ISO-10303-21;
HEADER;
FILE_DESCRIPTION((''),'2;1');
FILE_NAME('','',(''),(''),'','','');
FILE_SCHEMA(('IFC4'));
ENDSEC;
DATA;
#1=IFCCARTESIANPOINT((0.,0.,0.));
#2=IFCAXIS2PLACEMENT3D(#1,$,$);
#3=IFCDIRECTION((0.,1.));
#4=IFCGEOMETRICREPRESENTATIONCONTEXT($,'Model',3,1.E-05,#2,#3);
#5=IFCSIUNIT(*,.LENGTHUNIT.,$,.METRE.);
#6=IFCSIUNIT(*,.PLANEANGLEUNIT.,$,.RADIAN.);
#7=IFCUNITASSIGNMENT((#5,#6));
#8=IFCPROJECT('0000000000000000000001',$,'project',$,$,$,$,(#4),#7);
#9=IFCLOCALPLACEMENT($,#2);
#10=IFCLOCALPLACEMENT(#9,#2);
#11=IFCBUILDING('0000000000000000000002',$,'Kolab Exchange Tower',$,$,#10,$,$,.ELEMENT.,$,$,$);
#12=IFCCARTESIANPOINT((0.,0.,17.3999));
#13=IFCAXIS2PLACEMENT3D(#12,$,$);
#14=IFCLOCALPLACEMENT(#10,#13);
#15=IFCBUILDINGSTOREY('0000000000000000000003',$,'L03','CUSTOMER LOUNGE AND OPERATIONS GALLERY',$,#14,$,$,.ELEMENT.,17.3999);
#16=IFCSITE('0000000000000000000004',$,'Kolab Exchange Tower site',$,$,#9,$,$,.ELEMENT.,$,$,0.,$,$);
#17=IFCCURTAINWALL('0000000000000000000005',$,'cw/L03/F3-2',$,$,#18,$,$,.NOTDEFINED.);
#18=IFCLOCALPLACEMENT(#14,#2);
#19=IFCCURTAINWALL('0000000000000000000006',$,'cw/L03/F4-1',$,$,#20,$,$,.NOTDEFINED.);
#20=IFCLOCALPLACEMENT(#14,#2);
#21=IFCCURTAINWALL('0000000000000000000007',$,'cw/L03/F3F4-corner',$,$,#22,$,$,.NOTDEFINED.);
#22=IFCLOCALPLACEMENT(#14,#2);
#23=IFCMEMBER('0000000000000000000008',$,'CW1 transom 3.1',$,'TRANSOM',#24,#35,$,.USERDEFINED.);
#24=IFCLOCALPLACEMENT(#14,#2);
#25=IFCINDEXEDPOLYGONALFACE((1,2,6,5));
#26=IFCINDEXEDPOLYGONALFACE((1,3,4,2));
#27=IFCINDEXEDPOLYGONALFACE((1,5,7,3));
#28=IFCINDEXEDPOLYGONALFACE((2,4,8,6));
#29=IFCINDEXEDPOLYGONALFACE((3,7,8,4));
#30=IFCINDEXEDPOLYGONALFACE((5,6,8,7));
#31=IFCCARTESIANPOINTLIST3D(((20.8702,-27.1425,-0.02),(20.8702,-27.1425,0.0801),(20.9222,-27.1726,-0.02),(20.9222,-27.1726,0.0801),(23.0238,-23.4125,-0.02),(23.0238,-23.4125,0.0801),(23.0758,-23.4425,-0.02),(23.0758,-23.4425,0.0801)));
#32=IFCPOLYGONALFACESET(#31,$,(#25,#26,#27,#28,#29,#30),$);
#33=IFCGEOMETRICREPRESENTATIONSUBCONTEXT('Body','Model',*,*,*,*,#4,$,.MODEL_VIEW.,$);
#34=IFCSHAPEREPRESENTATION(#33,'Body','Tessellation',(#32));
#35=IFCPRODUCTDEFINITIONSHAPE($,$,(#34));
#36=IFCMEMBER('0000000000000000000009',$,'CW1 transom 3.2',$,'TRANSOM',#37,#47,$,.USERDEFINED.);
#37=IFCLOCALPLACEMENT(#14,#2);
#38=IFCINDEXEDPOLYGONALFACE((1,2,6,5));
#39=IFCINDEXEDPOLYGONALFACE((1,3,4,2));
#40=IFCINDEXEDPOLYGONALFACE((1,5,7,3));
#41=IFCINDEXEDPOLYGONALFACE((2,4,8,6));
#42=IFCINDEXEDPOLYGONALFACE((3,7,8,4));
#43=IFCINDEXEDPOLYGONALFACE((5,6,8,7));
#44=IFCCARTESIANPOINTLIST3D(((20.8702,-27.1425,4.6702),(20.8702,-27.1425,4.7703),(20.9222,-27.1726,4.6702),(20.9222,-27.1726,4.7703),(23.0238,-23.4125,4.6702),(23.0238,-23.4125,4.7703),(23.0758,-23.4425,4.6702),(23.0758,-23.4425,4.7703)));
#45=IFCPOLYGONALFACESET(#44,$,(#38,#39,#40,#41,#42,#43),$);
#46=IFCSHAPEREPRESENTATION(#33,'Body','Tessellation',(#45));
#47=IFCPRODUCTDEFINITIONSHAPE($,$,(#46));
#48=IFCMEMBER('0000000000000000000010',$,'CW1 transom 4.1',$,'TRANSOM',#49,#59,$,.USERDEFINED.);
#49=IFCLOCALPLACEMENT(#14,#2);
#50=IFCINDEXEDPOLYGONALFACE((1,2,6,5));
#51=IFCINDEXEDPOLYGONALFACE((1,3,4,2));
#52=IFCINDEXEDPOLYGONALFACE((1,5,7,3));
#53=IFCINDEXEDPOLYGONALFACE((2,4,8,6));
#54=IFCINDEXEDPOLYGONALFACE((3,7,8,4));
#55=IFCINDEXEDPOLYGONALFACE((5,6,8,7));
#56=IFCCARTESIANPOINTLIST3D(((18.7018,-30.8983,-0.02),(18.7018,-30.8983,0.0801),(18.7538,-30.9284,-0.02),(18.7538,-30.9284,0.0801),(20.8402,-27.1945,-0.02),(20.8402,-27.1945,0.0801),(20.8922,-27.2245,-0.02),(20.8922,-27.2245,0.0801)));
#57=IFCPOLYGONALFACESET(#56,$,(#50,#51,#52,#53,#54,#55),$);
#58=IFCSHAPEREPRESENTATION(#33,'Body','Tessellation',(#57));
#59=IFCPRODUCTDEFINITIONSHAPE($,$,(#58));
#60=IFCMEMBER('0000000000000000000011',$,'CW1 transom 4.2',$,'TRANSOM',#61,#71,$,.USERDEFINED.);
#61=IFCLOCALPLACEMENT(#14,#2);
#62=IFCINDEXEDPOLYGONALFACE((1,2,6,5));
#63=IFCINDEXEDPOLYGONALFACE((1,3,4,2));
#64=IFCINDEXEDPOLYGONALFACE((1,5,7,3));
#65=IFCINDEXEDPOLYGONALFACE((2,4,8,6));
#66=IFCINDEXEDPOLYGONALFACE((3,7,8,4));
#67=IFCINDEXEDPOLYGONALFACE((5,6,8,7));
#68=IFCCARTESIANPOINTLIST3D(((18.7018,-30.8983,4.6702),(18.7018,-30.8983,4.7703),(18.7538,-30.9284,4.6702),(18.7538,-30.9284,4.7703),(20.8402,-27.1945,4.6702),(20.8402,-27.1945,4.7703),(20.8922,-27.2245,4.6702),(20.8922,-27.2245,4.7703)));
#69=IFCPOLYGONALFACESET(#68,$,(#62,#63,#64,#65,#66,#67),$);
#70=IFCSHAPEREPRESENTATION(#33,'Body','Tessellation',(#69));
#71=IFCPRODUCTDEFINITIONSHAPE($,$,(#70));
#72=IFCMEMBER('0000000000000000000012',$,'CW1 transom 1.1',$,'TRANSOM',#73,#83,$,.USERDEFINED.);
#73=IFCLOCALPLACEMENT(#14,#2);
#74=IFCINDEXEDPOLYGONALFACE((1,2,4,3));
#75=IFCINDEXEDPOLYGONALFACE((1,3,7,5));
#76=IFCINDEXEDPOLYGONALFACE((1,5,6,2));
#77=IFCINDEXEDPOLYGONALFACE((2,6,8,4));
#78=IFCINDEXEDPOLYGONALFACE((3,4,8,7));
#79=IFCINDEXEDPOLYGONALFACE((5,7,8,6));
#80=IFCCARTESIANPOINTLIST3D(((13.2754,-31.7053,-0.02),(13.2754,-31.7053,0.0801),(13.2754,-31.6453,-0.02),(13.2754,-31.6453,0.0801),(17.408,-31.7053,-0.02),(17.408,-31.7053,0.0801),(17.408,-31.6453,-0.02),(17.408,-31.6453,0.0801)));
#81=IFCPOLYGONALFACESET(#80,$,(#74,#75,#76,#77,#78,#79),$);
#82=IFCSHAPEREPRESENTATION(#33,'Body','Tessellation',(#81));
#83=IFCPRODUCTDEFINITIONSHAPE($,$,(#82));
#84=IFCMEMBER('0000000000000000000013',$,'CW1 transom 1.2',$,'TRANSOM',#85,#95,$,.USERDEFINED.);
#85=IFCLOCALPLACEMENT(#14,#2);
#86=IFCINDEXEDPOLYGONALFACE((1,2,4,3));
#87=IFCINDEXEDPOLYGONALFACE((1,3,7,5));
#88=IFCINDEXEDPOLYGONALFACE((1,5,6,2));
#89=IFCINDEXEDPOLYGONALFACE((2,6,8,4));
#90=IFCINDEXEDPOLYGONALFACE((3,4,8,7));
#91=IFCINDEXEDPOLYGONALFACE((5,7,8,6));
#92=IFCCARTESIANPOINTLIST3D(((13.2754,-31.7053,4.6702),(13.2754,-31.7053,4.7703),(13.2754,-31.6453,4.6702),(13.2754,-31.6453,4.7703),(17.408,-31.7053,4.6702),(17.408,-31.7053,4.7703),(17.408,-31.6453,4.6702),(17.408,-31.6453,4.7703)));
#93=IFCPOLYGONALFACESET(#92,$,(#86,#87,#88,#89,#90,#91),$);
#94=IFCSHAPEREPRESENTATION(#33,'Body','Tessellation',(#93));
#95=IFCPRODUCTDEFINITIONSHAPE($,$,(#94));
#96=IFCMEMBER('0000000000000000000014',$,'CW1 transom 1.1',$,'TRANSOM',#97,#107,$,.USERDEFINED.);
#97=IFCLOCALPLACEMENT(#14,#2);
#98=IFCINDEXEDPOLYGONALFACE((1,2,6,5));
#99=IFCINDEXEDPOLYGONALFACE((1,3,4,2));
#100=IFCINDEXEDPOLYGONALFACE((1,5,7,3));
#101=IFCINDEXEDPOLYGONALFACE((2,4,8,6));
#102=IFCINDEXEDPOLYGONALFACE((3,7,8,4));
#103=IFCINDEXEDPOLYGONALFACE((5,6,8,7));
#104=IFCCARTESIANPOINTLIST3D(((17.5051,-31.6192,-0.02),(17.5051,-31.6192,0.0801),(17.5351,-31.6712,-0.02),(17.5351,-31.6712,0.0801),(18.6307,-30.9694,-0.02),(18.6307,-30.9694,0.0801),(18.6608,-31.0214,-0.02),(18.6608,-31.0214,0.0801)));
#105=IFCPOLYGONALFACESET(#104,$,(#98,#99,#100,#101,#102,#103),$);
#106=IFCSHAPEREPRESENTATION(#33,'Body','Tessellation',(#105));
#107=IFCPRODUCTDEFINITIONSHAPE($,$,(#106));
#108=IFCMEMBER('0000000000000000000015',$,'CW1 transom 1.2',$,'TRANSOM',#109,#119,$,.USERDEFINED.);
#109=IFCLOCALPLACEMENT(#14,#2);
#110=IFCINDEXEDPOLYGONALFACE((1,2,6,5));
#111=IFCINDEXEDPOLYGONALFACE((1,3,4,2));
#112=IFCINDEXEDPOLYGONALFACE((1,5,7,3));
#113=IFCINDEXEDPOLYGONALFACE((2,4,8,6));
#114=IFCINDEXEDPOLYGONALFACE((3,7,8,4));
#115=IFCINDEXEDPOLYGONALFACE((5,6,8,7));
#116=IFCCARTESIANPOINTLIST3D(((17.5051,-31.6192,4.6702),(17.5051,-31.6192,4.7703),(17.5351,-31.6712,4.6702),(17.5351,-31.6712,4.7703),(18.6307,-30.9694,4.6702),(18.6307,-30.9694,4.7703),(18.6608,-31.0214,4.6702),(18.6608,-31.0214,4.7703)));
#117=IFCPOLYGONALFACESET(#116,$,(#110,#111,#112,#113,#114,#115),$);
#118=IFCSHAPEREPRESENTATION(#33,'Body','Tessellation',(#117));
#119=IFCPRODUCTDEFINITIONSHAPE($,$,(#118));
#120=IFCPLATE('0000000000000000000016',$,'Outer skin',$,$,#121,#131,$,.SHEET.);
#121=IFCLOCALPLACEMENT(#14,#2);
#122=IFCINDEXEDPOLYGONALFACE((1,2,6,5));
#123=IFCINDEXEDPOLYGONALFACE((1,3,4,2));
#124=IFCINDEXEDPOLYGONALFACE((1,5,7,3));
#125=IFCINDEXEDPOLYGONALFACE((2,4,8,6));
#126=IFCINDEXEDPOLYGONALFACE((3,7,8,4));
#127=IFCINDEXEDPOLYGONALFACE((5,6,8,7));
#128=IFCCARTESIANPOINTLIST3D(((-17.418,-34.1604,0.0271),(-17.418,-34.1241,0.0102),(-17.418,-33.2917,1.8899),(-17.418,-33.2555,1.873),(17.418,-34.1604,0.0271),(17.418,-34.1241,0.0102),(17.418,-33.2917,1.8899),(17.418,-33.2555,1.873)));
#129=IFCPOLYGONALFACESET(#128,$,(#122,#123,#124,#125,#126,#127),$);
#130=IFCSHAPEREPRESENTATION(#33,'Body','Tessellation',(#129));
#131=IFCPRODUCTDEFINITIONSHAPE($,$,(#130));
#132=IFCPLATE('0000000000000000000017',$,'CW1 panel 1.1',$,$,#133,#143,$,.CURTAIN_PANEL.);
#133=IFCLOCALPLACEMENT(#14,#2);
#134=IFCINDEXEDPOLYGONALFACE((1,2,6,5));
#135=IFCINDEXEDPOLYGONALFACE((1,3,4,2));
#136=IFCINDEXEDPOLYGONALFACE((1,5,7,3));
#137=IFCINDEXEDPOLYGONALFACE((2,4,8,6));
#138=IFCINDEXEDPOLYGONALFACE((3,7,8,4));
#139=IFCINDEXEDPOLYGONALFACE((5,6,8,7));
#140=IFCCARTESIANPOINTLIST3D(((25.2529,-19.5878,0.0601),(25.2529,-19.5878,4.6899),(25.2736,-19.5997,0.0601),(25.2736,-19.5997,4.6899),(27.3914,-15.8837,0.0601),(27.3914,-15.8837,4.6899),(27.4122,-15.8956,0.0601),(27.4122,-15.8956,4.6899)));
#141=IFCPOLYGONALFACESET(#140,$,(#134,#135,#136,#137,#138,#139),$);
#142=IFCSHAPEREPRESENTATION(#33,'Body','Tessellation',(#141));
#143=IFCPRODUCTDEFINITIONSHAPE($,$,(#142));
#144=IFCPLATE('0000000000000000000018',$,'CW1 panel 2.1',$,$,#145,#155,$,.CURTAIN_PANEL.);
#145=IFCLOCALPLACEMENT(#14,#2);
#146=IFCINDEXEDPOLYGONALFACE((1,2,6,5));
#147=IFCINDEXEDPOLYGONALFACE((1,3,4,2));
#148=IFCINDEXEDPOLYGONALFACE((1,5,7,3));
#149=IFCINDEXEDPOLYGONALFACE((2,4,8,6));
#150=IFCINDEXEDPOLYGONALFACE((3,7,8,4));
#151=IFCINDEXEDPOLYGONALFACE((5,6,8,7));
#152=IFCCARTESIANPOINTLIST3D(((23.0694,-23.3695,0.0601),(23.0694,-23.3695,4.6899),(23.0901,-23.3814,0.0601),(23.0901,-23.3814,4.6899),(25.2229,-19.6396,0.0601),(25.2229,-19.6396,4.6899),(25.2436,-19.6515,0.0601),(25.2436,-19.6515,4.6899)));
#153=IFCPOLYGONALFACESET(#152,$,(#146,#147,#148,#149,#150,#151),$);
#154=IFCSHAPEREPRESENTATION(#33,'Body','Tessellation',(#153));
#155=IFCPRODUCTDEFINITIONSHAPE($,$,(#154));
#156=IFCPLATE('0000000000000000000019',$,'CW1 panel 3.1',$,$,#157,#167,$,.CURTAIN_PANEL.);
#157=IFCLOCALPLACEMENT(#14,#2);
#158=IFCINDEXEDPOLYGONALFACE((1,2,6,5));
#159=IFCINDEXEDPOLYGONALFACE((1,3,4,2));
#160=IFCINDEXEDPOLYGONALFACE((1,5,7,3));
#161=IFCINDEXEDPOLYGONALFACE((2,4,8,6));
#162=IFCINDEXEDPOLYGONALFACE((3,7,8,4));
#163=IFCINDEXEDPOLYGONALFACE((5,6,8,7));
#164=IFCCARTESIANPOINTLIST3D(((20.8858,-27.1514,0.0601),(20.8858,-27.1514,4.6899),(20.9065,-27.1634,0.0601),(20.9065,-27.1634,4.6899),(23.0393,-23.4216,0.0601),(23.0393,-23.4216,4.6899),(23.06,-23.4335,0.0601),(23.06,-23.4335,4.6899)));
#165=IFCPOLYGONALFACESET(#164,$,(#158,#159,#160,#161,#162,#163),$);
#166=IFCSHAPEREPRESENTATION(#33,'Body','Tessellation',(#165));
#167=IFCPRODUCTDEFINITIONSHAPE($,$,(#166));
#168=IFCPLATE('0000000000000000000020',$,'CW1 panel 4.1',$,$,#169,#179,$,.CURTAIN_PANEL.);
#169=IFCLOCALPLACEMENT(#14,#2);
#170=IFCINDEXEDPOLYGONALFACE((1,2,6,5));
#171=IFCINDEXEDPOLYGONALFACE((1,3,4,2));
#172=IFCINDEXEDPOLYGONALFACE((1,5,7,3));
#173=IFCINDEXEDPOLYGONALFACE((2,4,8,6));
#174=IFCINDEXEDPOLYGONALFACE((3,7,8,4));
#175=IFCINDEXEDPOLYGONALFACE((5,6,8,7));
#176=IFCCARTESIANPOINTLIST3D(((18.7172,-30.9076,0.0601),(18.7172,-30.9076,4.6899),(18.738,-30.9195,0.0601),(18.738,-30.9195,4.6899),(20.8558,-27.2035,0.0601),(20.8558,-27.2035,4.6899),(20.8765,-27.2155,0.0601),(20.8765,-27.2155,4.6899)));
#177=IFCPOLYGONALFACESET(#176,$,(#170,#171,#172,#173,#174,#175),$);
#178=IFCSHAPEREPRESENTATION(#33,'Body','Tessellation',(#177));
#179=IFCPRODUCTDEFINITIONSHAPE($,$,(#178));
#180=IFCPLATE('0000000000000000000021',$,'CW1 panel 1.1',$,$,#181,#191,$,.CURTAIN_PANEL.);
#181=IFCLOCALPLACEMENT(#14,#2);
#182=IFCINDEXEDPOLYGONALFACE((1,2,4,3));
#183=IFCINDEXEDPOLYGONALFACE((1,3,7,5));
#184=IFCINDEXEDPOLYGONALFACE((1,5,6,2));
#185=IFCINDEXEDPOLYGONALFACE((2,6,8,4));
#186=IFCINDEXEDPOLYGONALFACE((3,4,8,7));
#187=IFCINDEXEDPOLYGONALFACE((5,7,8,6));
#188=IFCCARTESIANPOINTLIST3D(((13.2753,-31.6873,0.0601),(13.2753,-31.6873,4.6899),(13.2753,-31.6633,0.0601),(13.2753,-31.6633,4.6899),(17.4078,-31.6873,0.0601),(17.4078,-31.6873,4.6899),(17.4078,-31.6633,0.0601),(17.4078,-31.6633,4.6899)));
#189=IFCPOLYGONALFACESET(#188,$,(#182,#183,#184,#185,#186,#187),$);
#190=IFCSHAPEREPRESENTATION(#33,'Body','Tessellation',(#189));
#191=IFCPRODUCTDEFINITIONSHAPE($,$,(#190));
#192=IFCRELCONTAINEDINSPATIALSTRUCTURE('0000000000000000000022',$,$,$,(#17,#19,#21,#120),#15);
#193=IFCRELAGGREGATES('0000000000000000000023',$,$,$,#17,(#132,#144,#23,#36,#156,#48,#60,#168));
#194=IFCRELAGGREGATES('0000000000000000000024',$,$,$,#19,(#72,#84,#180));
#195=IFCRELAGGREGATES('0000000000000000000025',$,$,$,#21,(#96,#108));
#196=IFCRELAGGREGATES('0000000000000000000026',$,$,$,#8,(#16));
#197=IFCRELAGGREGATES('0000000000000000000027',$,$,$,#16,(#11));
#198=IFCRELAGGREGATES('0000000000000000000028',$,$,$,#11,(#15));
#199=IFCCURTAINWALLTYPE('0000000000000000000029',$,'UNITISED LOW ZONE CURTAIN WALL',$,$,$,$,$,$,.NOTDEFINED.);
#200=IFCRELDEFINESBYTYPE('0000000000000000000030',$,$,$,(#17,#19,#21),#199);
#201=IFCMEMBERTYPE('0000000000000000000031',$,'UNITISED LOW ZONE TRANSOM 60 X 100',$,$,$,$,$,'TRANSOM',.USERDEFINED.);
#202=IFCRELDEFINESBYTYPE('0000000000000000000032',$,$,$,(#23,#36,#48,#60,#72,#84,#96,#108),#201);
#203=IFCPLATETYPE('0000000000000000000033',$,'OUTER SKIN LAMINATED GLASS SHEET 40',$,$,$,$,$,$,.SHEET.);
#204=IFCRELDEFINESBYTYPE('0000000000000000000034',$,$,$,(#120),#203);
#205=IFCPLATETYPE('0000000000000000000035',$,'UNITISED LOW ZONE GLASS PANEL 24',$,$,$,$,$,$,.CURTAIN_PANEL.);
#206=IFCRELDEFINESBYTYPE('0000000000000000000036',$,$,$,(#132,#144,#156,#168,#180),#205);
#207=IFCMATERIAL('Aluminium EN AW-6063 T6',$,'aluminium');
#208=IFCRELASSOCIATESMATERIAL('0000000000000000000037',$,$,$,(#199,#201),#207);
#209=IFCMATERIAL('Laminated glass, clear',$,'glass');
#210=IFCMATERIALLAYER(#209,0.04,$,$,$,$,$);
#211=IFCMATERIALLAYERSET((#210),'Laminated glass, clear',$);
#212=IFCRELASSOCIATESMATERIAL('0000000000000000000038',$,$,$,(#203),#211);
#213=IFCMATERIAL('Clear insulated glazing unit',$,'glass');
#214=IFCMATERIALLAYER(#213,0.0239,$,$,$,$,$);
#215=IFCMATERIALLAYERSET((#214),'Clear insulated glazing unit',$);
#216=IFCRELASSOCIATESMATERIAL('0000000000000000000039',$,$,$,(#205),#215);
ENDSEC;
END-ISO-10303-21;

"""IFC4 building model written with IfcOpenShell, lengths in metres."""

from ifc_helpers import new_model, si_unit, direction, frame, origin, origin_2d, place, context, subcontext, project, spatial, polyline, rectangle, outline, extrude, material, layer, layer_set, material_profile, profile_set, type_object, element, aggregate, save


model = new_model("IFC4")

# Units and contexts
model_context = context("Model", 3, precision=1e-05, world=origin(), true_north=direction((0.0, 1.0)))
body_context = subcontext(model_context, "Body", "Model", "MODEL_VIEW")
ifc_project = project(units=[si_unit("LENGTHUNIT", "METRE"), si_unit("PLANEANGLEUNIT", "RADIAN")], contexts=[model_context])

# Site, building, storey
site_placement = place(None, origin())
site = spatial("IfcSite", under=ifc_project, at=site_placement, Name="Kolab Exchange Tower site", CompositionType="ELEMENT", RefElevation=0.0)
building_placement = place(site_placement, origin())
building = spatial("IfcBuilding", under=site, at=building_placement, Name="Kolab Exchange Tower", CompositionType="ELEMENT")
storey_placement = place(building_placement, frame((0.0, 0.0, 17.3999)))
storey = spatial("IfcBuildingStorey", under=building, at=storey_placement, Name="L03", Description="CUSTOMER LOUNGE AND OPERATIONS GALLERY", CompositionType="ELEMENT", Elevation=17.3999)

# Curtain wall
ifc_material_1 = material(Name="Aluminium EN AW-6063 T6", Category="aluminium")
curtain_wall_type = type_object("IfcCurtainWallType", Name="UNITISED LOW ZONE CURTAIN WALL", PredefinedType="NOTDEFINED", material=ifc_material_1)
curtain_wall_1_placement = place(storey_placement, origin())
curtain_wall_1 = element("IfcCurtainWall", 1, at=curtain_wall_1_placement, inside=storey, type_object=curtain_wall_type, Name="cw/L03/F3-2", PredefinedType="NOTDEFINED")

# Curtain wall
curtain_wall_2_placement = place(storey_placement, origin())
curtain_wall_2 = element("IfcCurtainWall", 2, at=curtain_wall_2_placement, inside=storey, type_object=curtain_wall_type, Name="cw/L03/F4-1", PredefinedType="NOTDEFINED")

# Curtain wall
curtain_wall_3_placement = place(storey_placement, origin())
curtain_wall_3 = element("IfcCurtainWall", 3, at=curtain_wall_3_placement, inside=storey, type_object=curtain_wall_type, Name="cw/L03/F3F4-corner", PredefinedType="NOTDEFINED")

# Members
ifc_material_profile_1 = material_profile(ifc_material_1, rectangle(XDim=0.0601, YDim=0.1001, at=origin_2d()), Name="RECT 60X100")
ifc_profile_set_1 = profile_set([ifc_material_profile_1], Name="Aluminium EN AW-6063 T6")
member_type_1 = type_object("IfcMemberType", Name="UNITISED LOW ZONE TRANSOM 60 X 100", ElementType="TRANSOM", PredefinedType="USERDEFINED", material=ifc_profile_set_1)
member_1_placement = place(storey_placement, frame((23.0498, -23.4275, 0.03), z_axis=(-0.50001, -0.866019, 0.0), x_axis=(0.866019, -0.50001, 0.0)))
member_1 = element("IfcMember", 4, at=member_1_placement, type_object=member_type_1, Name="CW1 transom 3.1", ObjectType="TRANSOM", PredefinedType="USERDEFINED", context=body_context, shape_type="SweptSolid", body=[
    extrude(rectangle(XDim=0.0601, YDim=0.1001, at=origin_2d()), origin(), (0.0, 0.0, 1.0), 4.3071),
])
member_2_placement = place(storey_placement, frame((23.0498, -23.4275, 4.7202), z_axis=(-0.50001, -0.866019, 0.0), x_axis=(0.866019, -0.50001, 0.0)))
member_2 = element("IfcMember", 5, at=member_2_placement, type_object=member_type_1, Name="CW1 transom 3.2", ObjectType="TRANSOM", PredefinedType="USERDEFINED", context=body_context, shape_type="SweptSolid", body=[
    extrude(rectangle(XDim=0.0601, YDim=0.1001, at=origin_2d()), origin(), (0.0, 0.0, 1.0), 4.3071),
])
member_3_placement = place(storey_placement, frame((20.8662, -27.2095, 0.03), z_axis=(-0.500001, -0.866025, 0.0), x_axis=(0.866025, -0.500001, 0.0)))
member_3 = element("IfcMember", 6, at=member_3_placement, type_object=member_type_1, Name="CW1 transom 4.1", ObjectType="TRANSOM", PredefinedType="USERDEFINED", context=body_context, shape_type="SweptSolid", body=[
    extrude(rectangle(XDim=0.0601, YDim=0.1001, at=origin_2d()), origin(), (0.0, 0.0, 1.0), 4.2769),
])
member_4_placement = place(storey_placement, frame((20.8662, -27.2095, 4.7202), z_axis=(-0.500001, -0.866025, 0.0), x_axis=(0.866025, -0.500001, 0.0)))
member_4 = element("IfcMember", 7, at=member_4_placement, type_object=member_type_1, Name="CW1 transom 4.2", ObjectType="TRANSOM", PredefinedType="USERDEFINED", context=body_context, shape_type="SweptSolid", body=[
    extrude(rectangle(XDim=0.0601, YDim=0.1001, at=origin_2d()), origin(), (0.0, 0.0, 1.0), 4.2769),
])
member_5_placement = place(storey_placement, frame((17.408, -31.6753, 0.03), z_axis=(-1.0, 0.0, 0.0), x_axis=(0.0, -1.0, 0.0)))
member_5 = element("IfcMember", 8, at=member_5_placement, type_object=member_type_1, Name="CW1 transom 1.1", ObjectType="TRANSOM", PredefinedType="USERDEFINED", context=body_context, shape_type="SweptSolid", body=[
    extrude(rectangle(XDim=0.0601, YDim=0.1001, at=origin_2d()), origin(), (0.0, 0.0, 1.0), 4.1326),
])
member_6_placement = place(storey_placement, frame((17.408, -31.6753, 4.7202), z_axis=(-1.0, 0.0, 0.0), x_axis=(0.0, -1.0, 0.0)))
member_6 = element("IfcMember", 9, at=member_6_placement, type_object=member_type_1, Name="CW1 transom 1.2", ObjectType="TRANSOM", PredefinedType="USERDEFINED", context=body_context, shape_type="SweptSolid", body=[
    extrude(rectangle(XDim=0.0601, YDim=0.1001, at=origin_2d()), origin(), (0.0, 0.0, 1.0), 4.1326),
])
member_7_placement = place(storey_placement, frame((18.6458, -30.9954, 0.03), z_axis=(-0.866039, -0.499977, 0.0), x_axis=(0.499977, -0.866039, 0.0)))
member_7 = element("IfcMember", 10, at=member_7_placement, type_object=member_type_1, Name="CW1 transom 1.1", ObjectType="TRANSOM", PredefinedType="USERDEFINED", context=body_context, shape_type="SweptSolid", body=[
    extrude(rectangle(XDim=0.0601, YDim=0.1001, at=origin_2d()), origin(), (0.0, 0.0, 1.0), 1.2998),
])
member_8_placement = place(storey_placement, frame((18.6458, -30.9954, 4.7202), z_axis=(-0.866039, -0.499977, 0.0), x_axis=(0.499977, -0.866039, 0.0)))
member_8 = element("IfcMember", 11, at=member_8_placement, type_object=member_type_1, Name="CW1 transom 1.2", ObjectType="TRANSOM", PredefinedType="USERDEFINED", context=body_context, shape_type="SweptSolid", body=[
    extrude(rectangle(XDim=0.0601, YDim=0.1001, at=origin_2d()), origin(), (0.0, 0.0, 1.0), 1.2998),
])

# Plates
ifc_material_2 = material(Name="Laminated glass, clear", Category="glass")
ifc_layer_1 = layer(ifc_material_2, 0.04)
ifc_layer_set_1 = layer_set([ifc_layer_1], Name="Laminated glass, clear")
plate_type_1 = type_object("IfcPlateType", Name="OUTER SKIN LAMINATED GLASS SHEET 40", PredefinedType="SHEET", material=ifc_layer_set_1)
plate_1_placement = place(storey_placement, frame((17.418, -34.1604, 0.0271), z_axis=(0.0, -0.906304, 0.422625), x_axis=(-1.0, 0.0, 0.0)))
element("IfcPlate", 12, at=plate_1_placement, inside=storey, type_object=plate_type_1, Name="Outer skin", PredefinedType="SHEET", context=body_context, shape_type="SweptSolid", body=[
    extrude(outline(polyline([(0.0, 0.0), (34.8359, 0.0), (34.8359, -2.0554), (0.0, -2.0554), (0.0, 0.0)])), origin(), (0.0, 0.0, -1.0), 0.04),
])
ifc_material_3 = material(Name="Clear insulated glazing unit", Category="glass")
ifc_layer_2 = layer(ifc_material_3, 0.0239)
ifc_layer_set_2 = layer_set([ifc_layer_2], Name="Clear insulated glazing unit")
plate_type_2 = type_object("IfcPlateType", Name="UNITISED LOW ZONE GLASS PANEL 24", PredefinedType="CURTAIN_PANEL", material=ifc_layer_set_2)
plate_2_placement = place(storey_placement, frame((26.3325, -17.7417, 0.0601), z_axis=(0.0, 0.0, 1.0), x_axis=(-0.5, -0.866025, 0.0)))
plate_2 = element("IfcPlate", 13, at=plate_2_placement, type_object=plate_type_2, Name="CW1 panel 1.1", PredefinedType="CURTAIN_PANEL", context=body_context, shape_type="SweptSolid", body=[
    extrude(rectangle(XDim=4.2771, YDim=0.0239, at=origin_2d()), origin(), (0.0, 0.0, 1.0), 4.6299),
])
plate_3_placement = place(storey_placement, frame((24.1565, -21.5105, 0.0601), z_axis=(0.0, 0.0, 1.0), x_axis=(-0.5, -0.866025, 0.0)))
plate_3 = element("IfcPlate", 14, at=plate_3_placement, type_object=plate_type_2, Name="CW1 panel 2.1", PredefinedType="CURTAIN_PANEL", context=body_context, shape_type="SweptSolid", body=[
    extrude(rectangle(XDim=4.3069, YDim=0.0239, at=origin_2d()), origin(), (0.0, 0.0, 1.0), 4.6299),
])
plate_4_placement = place(storey_placement, frame((21.9729, -25.2925, 0.0601), z_axis=(0.0, 0.0, 1.0), x_axis=(-0.5, -0.866025, 0.0)))
plate_4 = element("IfcPlate", 15, at=plate_4_placement, type_object=plate_type_2, Name="CW1 panel 3.1", PredefinedType="CURTAIN_PANEL", context=body_context, shape_type="SweptSolid", body=[
    extrude(rectangle(XDim=4.3069, YDim=0.0239, at=origin_2d()), origin(), (0.0, 0.0, 1.0), 4.6299),
])
plate_5_placement = place(storey_placement, frame((19.7969, -29.0615, 0.0601), z_axis=(0.0, 0.0, 1.0), x_axis=(-0.5, -0.866025, 0.0)))
plate_5 = element("IfcPlate", 16, at=plate_5_placement, type_object=plate_type_2, Name="CW1 panel 4.1", PredefinedType="CURTAIN_PANEL", context=body_context, shape_type="SweptSolid", body=[
    extrude(rectangle(XDim=4.2771, YDim=0.0239, at=origin_2d()), origin(), (0.0, 0.0, 1.0), 4.6299),
])
aggregate(curtain_wall_1, [plate_2, plate_3, member_1, member_2, plate_4, member_3, member_4, plate_5])
plate_6_placement = place(storey_placement, frame((15.3416, -31.6753, 0.0601), z_axis=(0.0, 0.0, 1.0), x_axis=(-1.0, 0.0, 0.0)))
plate_6 = element("IfcPlate", 17, at=plate_6_placement, type_object=plate_type_2, Name="CW1 panel 1.1", PredefinedType="CURTAIN_PANEL", context=body_context, shape_type="SweptSolid", body=[
    extrude(rectangle(XDim=4.1326, YDim=0.0239, at=origin_2d()), origin(), (0.0, 0.0, 1.0), 4.6299),
])
aggregate(curtain_wall_2, [member_5, member_6, plate_6])
aggregate(curtain_wall_3, [member_7, member_8])

save(model, "model.ifc")
